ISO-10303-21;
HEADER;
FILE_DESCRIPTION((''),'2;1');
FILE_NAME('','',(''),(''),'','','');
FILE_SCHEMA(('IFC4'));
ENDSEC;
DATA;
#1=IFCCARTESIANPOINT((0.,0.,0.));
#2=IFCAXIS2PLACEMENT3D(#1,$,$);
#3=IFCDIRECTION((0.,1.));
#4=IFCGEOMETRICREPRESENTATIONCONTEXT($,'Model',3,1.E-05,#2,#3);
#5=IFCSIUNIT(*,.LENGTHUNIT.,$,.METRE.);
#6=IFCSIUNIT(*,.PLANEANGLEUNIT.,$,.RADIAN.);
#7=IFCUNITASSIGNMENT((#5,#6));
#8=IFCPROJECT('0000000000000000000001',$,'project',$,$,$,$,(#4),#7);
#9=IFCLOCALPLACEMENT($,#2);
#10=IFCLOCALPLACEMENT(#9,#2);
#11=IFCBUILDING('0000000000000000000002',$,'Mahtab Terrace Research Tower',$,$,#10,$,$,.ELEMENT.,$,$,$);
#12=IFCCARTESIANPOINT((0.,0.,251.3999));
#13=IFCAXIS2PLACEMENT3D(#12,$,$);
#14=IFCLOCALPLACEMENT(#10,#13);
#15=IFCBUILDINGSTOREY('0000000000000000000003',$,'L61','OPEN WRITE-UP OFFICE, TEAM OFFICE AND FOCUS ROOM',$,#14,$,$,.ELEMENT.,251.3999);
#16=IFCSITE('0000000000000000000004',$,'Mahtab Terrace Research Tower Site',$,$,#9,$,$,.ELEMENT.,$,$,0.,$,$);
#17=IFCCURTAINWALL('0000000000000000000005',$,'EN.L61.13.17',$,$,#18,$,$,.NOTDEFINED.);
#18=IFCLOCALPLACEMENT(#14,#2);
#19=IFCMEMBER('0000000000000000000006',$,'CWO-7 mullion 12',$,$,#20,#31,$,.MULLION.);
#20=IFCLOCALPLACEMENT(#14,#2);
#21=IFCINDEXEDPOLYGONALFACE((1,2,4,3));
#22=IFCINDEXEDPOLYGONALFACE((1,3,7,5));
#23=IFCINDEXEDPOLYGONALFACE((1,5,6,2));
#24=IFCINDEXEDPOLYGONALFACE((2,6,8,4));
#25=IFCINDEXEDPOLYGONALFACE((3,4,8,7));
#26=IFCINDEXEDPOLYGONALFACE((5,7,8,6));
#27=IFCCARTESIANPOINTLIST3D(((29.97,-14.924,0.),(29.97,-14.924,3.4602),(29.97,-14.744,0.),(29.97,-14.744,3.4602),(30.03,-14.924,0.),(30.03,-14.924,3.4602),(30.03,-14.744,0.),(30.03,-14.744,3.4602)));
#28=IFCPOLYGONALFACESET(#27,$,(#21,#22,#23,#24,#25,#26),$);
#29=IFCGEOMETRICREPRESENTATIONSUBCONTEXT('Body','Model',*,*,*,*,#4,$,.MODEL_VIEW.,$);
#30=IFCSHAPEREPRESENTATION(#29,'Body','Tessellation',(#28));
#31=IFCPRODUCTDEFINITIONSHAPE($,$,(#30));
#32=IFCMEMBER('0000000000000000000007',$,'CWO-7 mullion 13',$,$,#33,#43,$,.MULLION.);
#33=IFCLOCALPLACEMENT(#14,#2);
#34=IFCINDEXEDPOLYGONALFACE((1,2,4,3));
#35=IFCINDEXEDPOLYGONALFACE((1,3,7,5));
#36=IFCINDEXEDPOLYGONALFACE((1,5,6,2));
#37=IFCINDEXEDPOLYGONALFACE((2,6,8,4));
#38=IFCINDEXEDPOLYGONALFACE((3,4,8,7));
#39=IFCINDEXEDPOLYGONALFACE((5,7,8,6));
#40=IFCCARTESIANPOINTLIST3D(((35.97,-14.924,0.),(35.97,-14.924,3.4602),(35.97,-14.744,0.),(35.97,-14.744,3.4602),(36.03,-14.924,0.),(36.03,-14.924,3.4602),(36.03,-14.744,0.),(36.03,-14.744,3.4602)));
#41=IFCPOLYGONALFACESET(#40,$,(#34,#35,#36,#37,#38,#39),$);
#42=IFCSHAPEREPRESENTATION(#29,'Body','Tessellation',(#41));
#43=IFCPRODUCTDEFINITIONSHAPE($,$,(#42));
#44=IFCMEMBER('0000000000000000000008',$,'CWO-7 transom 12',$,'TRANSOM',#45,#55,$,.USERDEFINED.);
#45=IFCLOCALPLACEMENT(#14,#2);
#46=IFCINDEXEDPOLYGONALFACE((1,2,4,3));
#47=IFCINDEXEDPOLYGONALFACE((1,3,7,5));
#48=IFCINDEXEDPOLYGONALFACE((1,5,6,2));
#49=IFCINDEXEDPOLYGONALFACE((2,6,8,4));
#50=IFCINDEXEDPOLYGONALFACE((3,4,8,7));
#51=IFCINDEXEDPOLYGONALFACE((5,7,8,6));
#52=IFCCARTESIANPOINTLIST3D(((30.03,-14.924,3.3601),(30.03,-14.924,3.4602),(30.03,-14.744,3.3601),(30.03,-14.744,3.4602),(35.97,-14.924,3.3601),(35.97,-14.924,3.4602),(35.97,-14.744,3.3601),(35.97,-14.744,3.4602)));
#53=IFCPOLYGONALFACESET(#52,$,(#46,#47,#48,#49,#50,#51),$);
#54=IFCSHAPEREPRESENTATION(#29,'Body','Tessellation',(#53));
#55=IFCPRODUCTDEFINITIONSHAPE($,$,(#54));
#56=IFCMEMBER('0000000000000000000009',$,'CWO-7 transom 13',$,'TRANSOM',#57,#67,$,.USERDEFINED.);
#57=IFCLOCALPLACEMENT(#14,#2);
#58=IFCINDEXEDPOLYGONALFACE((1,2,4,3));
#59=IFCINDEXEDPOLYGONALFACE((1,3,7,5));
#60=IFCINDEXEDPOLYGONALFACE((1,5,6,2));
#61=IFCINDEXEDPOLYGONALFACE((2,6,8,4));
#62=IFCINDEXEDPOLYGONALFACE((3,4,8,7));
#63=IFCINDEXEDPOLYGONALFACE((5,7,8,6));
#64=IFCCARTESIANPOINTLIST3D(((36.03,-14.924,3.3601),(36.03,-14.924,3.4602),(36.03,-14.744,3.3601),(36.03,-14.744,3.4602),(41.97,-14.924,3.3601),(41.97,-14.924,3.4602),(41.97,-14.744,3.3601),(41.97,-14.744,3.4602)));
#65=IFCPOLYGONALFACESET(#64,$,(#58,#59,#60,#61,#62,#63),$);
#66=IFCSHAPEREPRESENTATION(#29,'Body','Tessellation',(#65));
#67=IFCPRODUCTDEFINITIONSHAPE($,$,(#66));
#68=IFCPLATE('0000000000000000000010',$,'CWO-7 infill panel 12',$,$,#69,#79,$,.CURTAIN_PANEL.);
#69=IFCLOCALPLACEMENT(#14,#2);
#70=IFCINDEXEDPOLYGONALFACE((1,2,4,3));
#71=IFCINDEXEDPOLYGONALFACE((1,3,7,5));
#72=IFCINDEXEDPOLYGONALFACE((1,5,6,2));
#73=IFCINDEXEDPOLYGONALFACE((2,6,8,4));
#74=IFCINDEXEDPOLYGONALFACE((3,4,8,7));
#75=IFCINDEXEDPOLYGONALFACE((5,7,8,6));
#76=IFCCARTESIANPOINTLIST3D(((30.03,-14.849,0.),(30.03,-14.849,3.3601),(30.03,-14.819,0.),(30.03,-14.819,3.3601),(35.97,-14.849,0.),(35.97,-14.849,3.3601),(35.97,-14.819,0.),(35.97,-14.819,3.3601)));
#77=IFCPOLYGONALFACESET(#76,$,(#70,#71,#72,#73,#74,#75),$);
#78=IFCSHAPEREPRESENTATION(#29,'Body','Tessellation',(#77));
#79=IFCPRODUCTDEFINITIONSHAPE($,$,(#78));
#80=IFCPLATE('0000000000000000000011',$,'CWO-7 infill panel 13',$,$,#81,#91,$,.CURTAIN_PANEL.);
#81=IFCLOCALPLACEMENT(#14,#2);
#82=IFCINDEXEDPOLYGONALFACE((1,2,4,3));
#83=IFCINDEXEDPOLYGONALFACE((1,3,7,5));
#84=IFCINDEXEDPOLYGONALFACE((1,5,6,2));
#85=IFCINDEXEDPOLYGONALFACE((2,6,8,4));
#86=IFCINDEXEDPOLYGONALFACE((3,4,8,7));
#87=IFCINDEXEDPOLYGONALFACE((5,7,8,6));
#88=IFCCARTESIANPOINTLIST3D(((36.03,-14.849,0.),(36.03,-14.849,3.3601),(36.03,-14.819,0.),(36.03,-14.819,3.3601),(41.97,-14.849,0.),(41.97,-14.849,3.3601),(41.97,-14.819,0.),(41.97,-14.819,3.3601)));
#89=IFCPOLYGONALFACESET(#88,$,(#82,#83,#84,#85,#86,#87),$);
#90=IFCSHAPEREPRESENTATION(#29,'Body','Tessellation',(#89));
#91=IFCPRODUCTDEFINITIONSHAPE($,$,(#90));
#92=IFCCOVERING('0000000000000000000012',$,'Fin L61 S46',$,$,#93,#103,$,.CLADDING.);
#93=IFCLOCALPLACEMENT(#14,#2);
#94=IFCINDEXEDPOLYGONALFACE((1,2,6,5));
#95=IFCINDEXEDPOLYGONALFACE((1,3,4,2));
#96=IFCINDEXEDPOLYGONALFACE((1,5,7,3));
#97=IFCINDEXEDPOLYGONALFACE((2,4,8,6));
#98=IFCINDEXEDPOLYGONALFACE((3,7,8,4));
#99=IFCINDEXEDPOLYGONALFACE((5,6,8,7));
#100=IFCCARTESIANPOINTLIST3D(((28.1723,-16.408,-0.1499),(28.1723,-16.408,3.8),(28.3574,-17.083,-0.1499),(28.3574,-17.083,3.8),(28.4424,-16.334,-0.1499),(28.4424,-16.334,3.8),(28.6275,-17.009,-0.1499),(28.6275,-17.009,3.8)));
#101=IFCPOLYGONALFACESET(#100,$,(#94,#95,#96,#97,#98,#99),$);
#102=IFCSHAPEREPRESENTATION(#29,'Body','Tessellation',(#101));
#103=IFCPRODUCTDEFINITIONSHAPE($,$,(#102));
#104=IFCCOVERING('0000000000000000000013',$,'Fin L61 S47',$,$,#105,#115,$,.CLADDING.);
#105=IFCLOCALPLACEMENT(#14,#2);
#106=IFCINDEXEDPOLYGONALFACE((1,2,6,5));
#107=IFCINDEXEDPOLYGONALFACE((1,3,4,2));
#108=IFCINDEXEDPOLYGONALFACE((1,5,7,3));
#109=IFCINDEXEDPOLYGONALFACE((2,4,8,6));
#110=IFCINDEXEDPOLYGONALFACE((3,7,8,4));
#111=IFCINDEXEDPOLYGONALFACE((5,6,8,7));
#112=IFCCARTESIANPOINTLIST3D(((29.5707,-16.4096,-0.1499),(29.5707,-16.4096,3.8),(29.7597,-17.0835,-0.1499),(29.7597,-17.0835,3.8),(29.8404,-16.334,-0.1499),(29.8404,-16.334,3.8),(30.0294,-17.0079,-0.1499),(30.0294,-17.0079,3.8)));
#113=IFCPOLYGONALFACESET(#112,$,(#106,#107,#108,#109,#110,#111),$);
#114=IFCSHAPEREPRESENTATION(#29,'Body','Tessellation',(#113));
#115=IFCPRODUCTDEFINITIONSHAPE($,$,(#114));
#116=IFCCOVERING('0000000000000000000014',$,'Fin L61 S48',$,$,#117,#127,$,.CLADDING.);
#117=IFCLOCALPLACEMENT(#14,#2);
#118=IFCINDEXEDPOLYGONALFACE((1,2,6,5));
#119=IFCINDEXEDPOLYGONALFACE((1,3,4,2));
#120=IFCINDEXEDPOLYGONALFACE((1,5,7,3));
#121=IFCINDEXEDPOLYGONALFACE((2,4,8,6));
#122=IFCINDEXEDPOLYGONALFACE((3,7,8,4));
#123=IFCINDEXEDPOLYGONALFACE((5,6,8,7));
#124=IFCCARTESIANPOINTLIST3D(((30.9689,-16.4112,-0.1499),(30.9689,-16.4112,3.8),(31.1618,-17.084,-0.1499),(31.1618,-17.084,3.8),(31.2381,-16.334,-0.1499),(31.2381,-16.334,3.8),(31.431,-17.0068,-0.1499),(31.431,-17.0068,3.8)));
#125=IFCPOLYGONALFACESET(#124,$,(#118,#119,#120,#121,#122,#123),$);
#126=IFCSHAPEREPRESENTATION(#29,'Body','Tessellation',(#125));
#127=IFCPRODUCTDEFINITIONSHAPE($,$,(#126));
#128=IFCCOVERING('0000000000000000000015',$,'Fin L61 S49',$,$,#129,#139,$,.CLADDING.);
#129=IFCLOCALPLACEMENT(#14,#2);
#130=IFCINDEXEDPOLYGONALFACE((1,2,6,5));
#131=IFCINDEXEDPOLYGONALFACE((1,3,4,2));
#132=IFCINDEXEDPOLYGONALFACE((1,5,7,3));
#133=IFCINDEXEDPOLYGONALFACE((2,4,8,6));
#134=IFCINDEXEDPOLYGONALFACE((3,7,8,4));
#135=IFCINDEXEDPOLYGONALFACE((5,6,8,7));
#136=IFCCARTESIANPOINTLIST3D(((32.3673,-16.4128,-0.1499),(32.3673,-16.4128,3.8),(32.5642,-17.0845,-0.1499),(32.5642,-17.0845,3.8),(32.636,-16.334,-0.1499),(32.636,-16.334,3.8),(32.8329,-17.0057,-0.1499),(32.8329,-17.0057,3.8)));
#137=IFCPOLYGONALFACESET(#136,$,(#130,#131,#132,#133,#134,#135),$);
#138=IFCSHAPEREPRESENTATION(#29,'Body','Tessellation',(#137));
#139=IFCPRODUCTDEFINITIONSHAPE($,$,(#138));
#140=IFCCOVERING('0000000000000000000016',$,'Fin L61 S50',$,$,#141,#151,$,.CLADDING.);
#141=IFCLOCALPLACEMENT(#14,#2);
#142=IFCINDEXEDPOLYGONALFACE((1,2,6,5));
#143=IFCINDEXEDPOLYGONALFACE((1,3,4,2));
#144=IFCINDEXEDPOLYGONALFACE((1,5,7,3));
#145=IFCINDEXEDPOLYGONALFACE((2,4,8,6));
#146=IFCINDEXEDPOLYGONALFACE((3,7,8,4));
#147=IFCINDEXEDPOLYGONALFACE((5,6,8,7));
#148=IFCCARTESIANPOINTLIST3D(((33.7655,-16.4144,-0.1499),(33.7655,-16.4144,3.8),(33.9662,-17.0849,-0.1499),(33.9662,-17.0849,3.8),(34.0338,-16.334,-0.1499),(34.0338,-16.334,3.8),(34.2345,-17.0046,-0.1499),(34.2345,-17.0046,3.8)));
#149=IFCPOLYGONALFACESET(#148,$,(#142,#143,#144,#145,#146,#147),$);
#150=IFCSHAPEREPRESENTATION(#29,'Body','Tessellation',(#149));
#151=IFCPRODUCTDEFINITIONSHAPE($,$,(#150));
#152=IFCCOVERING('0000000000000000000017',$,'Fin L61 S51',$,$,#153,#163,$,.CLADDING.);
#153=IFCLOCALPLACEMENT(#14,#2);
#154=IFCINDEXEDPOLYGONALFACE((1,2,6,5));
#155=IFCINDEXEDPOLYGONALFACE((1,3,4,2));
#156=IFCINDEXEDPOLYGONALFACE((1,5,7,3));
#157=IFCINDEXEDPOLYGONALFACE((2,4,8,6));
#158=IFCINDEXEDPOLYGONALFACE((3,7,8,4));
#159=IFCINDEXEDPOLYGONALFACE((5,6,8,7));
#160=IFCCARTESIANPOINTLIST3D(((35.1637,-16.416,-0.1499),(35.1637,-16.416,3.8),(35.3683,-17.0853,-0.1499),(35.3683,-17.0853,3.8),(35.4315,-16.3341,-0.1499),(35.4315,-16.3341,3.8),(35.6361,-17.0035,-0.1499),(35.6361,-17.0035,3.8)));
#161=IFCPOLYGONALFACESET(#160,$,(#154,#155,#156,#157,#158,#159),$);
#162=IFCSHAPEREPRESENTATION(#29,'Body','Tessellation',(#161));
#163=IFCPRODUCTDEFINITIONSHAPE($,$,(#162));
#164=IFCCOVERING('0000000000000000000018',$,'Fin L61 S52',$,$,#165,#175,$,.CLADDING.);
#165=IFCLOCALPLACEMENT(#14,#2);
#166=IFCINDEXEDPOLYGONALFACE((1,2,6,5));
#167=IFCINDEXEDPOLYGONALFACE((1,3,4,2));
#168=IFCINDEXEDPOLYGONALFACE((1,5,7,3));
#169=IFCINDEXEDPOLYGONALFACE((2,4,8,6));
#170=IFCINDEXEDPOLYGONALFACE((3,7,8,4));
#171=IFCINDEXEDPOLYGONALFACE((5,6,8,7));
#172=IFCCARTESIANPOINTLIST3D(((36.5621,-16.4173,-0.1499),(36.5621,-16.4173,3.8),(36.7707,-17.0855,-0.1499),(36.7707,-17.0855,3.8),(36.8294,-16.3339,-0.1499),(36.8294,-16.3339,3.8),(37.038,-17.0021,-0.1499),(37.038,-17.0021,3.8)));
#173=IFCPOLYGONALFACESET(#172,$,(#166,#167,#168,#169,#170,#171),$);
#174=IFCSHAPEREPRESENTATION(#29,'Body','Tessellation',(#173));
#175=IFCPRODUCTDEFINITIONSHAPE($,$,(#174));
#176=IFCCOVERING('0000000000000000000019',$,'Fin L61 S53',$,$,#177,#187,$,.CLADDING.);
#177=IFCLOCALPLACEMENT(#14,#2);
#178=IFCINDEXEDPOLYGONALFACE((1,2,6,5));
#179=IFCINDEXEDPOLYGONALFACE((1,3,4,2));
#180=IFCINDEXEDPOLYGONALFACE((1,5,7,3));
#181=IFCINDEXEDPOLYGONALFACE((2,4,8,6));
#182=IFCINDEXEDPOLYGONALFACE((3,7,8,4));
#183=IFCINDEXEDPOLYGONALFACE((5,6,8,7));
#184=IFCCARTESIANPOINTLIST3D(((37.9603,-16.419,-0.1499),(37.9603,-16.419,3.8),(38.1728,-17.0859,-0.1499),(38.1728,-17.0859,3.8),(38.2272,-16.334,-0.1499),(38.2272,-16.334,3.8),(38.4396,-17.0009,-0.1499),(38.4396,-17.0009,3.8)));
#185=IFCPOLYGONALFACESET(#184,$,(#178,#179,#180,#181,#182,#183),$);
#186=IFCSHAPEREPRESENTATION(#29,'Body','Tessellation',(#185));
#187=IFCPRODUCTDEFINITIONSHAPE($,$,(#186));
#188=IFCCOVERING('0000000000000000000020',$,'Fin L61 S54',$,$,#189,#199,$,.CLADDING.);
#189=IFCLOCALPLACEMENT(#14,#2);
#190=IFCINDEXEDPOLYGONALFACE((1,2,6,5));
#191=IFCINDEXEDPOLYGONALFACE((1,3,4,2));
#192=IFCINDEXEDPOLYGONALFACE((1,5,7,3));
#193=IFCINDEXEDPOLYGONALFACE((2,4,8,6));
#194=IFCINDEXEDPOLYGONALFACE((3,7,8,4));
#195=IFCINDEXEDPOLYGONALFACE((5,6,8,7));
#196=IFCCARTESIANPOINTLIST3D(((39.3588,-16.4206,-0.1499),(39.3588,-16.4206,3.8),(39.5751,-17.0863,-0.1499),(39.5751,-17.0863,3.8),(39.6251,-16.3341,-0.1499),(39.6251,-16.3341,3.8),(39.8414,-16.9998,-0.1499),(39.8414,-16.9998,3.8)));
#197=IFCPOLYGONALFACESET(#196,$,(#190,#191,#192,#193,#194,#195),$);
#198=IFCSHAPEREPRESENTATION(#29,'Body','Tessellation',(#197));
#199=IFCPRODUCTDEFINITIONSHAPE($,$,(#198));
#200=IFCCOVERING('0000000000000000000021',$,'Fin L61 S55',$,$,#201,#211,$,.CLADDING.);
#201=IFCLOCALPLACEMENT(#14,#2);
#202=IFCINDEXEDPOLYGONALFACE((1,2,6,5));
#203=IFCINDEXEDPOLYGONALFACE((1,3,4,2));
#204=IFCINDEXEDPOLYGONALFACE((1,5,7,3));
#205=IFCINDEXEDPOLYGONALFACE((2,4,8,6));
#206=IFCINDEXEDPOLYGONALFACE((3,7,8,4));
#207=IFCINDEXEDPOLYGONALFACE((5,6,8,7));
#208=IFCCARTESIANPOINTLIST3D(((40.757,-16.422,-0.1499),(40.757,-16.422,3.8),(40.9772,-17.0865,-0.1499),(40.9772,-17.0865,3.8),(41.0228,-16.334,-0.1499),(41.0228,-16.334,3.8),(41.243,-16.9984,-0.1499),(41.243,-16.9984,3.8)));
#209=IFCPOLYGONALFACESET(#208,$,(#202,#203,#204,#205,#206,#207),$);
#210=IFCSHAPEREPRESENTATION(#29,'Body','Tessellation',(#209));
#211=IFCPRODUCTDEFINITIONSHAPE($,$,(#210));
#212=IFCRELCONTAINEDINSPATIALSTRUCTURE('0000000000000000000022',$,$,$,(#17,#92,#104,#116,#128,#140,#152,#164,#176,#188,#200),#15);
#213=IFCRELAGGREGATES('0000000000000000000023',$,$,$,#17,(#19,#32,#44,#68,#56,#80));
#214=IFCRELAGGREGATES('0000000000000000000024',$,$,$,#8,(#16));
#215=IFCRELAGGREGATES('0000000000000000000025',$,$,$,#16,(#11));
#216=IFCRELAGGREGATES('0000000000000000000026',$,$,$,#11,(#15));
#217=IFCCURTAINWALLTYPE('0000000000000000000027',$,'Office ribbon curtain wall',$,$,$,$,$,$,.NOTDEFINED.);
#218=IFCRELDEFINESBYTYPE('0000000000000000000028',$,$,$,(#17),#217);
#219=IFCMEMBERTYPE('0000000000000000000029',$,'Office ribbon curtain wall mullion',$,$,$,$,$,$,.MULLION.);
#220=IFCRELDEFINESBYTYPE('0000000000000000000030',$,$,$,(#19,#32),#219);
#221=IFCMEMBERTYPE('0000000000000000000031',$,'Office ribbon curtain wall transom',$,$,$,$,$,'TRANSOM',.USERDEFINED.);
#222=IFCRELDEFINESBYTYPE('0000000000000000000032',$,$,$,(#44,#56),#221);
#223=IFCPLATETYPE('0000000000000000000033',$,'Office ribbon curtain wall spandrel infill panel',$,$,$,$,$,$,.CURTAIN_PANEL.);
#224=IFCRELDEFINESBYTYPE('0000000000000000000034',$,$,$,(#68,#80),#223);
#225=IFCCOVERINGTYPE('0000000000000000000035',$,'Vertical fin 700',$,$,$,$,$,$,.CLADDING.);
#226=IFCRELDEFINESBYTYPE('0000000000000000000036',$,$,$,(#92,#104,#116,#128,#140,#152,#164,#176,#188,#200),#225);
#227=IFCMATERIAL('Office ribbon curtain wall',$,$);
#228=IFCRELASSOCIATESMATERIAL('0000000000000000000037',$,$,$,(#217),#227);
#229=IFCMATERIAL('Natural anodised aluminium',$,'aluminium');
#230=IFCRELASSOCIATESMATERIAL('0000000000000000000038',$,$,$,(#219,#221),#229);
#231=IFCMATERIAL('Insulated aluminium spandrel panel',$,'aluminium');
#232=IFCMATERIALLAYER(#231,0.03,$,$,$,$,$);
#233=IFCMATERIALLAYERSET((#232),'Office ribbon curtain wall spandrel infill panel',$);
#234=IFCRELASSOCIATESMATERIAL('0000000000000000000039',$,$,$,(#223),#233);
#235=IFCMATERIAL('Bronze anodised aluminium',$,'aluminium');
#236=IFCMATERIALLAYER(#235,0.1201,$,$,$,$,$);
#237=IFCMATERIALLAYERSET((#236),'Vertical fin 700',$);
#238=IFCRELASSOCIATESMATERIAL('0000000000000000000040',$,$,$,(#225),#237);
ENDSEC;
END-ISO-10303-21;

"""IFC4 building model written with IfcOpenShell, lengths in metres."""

from ifc_helpers import new_model, si_unit, direction, frame, origin, origin_2d, place, context, subcontext, project, spatial, rectangle, extrude, material, layer, layer_set, material_profile, profile_set, type_object, element, aggregate, save


model = new_model("IFC4")

# Units and contexts
model_context = context("Model", 3, precision=1e-05, world=origin(), true_north=direction((0.0, 1.0)))
body_context = subcontext(model_context, "Body", "Model", "MODEL_VIEW")
ifc_project = project(units=[si_unit("LENGTHUNIT", "METRE"), si_unit("PLANEANGLEUNIT", "RADIAN")], contexts=[model_context])

# Site, building, storey
site_placement = place(None, origin())
site = spatial("IfcSite", under=ifc_project, at=site_placement, Name="Mahtab Terrace Research Tower Site", CompositionType="ELEMENT", RefElevation=0.0)
building_placement = place(site_placement, origin())
building = spatial("IfcBuilding", under=site, at=building_placement, Name="Mahtab Terrace Research Tower", CompositionType="ELEMENT")
storey_placement = place(building_placement, frame((0.0, 0.0, 251.3999)))
storey = spatial("IfcBuildingStorey", under=building, at=storey_placement, Name="L61", Description="OPEN WRITE-UP OFFICE, TEAM OFFICE AND FOCUS ROOM", CompositionType="ELEMENT", Elevation=251.3999)

# Curtain wall, members, plates
ifc_material_1 = material(Name="Office ribbon curtain wall")
curtain_wall_type = type_object("IfcCurtainWallType", Name="Office ribbon curtain wall", PredefinedType="NOTDEFINED", material=ifc_material_1)
curtain_wall_placement = place(storey_placement, origin())
curtain_wall = element("IfcCurtainWall", 1, at=curtain_wall_placement, inside=storey, type_object=curtain_wall_type, Name="EN.L61.13.17", PredefinedType="NOTDEFINED")
ifc_material_2 = material(Name="Natural anodised aluminium", Category="aluminium")
ifc_material_profile_1 = material_profile(ifc_material_2, rectangle(XDim=0.1799, YDim=0.0601, at=origin_2d()), Name="MULLION 60x180")
ifc_profile_set_1 = profile_set([ifc_material_profile_1], Name="Natural anodised aluminium")
member_type_1 = type_object("IfcMemberType", Name="Office ribbon curtain wall mullion", PredefinedType="MULLION", material=ifc_profile_set_1)
member_1_placement = place(storey_placement, frame((30.0, -14.834, 0.0), z_axis=(0.0, 0.0, 1.0), x_axis=(0.0, 1.0, 0.0)))
member_1 = element("IfcMember", 2, at=member_1_placement, type_object=member_type_1, Name="CWO-7 mullion 12", PredefinedType="MULLION", context=body_context, shape_type="SweptSolid", body=[
    extrude(rectangle(XDim=0.1799, YDim=0.0601, at=origin_2d()), origin(), (0.0, 0.0, 1.0), 3.4602),
])
member_2_placement = place(storey_placement, frame((36.0, -14.834, 0.0), z_axis=(0.0, 0.0, 1.0), x_axis=(0.0, 1.0, 0.0)))
member_2 = element("IfcMember", 3, at=member_2_placement, type_object=member_type_1, Name="CWO-7 mullion 13", PredefinedType="MULLION", context=body_context, shape_type="SweptSolid", body=[
    extrude(rectangle(XDim=0.1799, YDim=0.0601, at=origin_2d()), origin(), (0.0, 0.0, 1.0), 3.4602),
])
ifc_material_profile_2 = material_profile(ifc_material_2, rectangle(XDim=0.1799, YDim=0.1001, at=origin_2d()), Name="TRANSOM 100x180")
ifc_profile_set_2 = profile_set([ifc_material_profile_2], Name="Natural anodised aluminium")
member_type_2 = type_object("IfcMemberType", Name="Office ribbon curtain wall transom", ElementType="TRANSOM", PredefinedType="USERDEFINED", material=ifc_profile_set_2)
member_3_placement = place(storey_placement, frame((30.03, -14.834, 3.4102), z_axis=(1.0, 0.0, 0.0), x_axis=(0.0, 1.0, 0.0)))
member_3 = element("IfcMember", 4, at=member_3_placement, type_object=member_type_2, Name="CWO-7 transom 12", ObjectType="TRANSOM", PredefinedType="USERDEFINED", context=body_context, shape_type="SweptSolid", body=[
    extrude(rectangle(XDim=0.1799, YDim=0.1001, at=origin_2d()), origin(), (0.0, 0.0, 1.0), 5.9399),
])
member_4_placement = place(storey_placement, frame((36.03, -14.834, 3.4102), z_axis=(1.0, 0.0, 0.0), x_axis=(0.0, 1.0, 0.0)))
member_4 = element("IfcMember", 5, at=member_4_placement, type_object=member_type_2, Name="CWO-7 transom 13", ObjectType="TRANSOM", PredefinedType="USERDEFINED", context=body_context, shape_type="SweptSolid", body=[
    extrude(rectangle(XDim=0.1799, YDim=0.1001, at=origin_2d()), origin(), (0.0, 0.0, 1.0), 5.9399),
])
ifc_material_3 = material(Name="Insulated aluminium spandrel panel", Category="aluminium")
ifc_layer_1 = layer(ifc_material_3, 0.03)
ifc_layer_set_1 = layer_set([ifc_layer_1], Name="Office ribbon curtain wall spandrel infill panel")
plate_type = type_object("IfcPlateType", Name="Office ribbon curtain wall spandrel infill panel", PredefinedType="CURTAIN_PANEL", material=ifc_layer_set_1)
plate_1_placement = place(storey_placement, frame((33.0, -14.834, 0.0), z_axis=(0.0, 0.0, 1.0), x_axis=(1.0, 0.0, 0.0)))
plate_1 = element("IfcPlate", 6, at=plate_1_placement, type_object=plate_type, Name="CWO-7 infill panel 12", PredefinedType="CURTAIN_PANEL", context=body_context, shape_type="SweptSolid", body=[
    extrude(rectangle(XDim=5.9399, YDim=0.03, at=origin_2d()), origin(), (0.0, 0.0, 1.0), 3.3601),
])
plate_2_placement = place(storey_placement, frame((39.0, -14.834, 0.0), z_axis=(0.0, 0.0, 1.0), x_axis=(1.0, 0.0, 0.0)))
plate_2 = element("IfcPlate", 7, at=plate_2_placement, type_object=plate_type, Name="CWO-7 infill panel 13", PredefinedType="CURTAIN_PANEL", context=body_context, shape_type="SweptSolid", body=[
    extrude(rectangle(XDim=5.9399, YDim=0.03, at=origin_2d()), origin(), (0.0, 0.0, 1.0), 3.3601),
])
aggregate(curtain_wall, [member_1, member_2, member_3, plate_1, member_4, plate_2])

# Coverings
ifc_material_4 = material(Name="Bronze anodised aluminium", Category="aluminium")
ifc_layer_2 = layer(ifc_material_4, 0.1201)
ifc_layer_set_2 = layer_set([ifc_layer_2], Name="Vertical fin 700")
covering_type = type_object("IfcCoveringType", Name="Vertical fin 700", PredefinedType="CLADDING", material=ifc_layer_set_2)
for number, where, z_axis, x_axis, name in (
    (8, (28.3999, -16.7085, -0.1499), (0.0, 0.0, 1.0), (0.964404, 0.264434, 0.0), "Fin L61 S46"),
    (9, (29.8, -16.7087, -0.1499), (0.0, 0.0, 1.0), (0.962849, 0.27004, 0.0), "Fin L61 S47"),
    (10, (31.2, -16.709, -0.1499), (0.0, 0.0, 1.0), (0.961262, 0.275637, 0.0), "Fin L61 S48"),
    (11, (32.6001, -16.7092, -0.1499), (0.0, 0.0, 1.0), (0.959642, 0.281225, 0.0), "Fin L61 S49"),
    (12, (34.0, -16.7095, -0.1499), (0.0, 0.0, 1.0), (0.95799, 0.286803, 0.0), "Fin L61 S50"),
    (13, (35.3999, -16.7097, -0.1499), (0.0, 0.0, 1.0), (0.956305, 0.292372, 0.0), "Fin L61 S51"),
    (14, (36.8, -16.7097, -0.1499), (0.0, 0.0, 1.0), (0.954588, 0.29793, 0.0), "Fin L61 S52"),
    (15, (38.2, -16.71, -0.1499), (0.0, 0.0, 1.0), (0.952838, 0.303479, 0.0), "Fin L61 S53"),
    (16, (39.6001, -16.7102, -0.1499), (0.0, 0.0, 1.0), (0.951057, 0.309017, 0.0), "Fin L61 S54"),
    (17, (41.0, -16.7102, -0.1499), (0.0, 0.0, 1.0), (0.949243, 0.314545, 0.0), "Fin L61 S55"),
):
    element("IfcCovering", number, at=place(storey_placement, frame(where, z_axis=z_axis, x_axis=x_axis)), inside=storey, type_object=covering_type, Name=name, PredefinedType="CLADDING", context=body_context, shape_type="SweptSolid", body=[
        extrude(rectangle(XDim=0.28, YDim=0.7, at=origin_2d()), origin(), (0.0, 0.0, 1.0), 3.95),
    ])

save(model, "model.ifc")
